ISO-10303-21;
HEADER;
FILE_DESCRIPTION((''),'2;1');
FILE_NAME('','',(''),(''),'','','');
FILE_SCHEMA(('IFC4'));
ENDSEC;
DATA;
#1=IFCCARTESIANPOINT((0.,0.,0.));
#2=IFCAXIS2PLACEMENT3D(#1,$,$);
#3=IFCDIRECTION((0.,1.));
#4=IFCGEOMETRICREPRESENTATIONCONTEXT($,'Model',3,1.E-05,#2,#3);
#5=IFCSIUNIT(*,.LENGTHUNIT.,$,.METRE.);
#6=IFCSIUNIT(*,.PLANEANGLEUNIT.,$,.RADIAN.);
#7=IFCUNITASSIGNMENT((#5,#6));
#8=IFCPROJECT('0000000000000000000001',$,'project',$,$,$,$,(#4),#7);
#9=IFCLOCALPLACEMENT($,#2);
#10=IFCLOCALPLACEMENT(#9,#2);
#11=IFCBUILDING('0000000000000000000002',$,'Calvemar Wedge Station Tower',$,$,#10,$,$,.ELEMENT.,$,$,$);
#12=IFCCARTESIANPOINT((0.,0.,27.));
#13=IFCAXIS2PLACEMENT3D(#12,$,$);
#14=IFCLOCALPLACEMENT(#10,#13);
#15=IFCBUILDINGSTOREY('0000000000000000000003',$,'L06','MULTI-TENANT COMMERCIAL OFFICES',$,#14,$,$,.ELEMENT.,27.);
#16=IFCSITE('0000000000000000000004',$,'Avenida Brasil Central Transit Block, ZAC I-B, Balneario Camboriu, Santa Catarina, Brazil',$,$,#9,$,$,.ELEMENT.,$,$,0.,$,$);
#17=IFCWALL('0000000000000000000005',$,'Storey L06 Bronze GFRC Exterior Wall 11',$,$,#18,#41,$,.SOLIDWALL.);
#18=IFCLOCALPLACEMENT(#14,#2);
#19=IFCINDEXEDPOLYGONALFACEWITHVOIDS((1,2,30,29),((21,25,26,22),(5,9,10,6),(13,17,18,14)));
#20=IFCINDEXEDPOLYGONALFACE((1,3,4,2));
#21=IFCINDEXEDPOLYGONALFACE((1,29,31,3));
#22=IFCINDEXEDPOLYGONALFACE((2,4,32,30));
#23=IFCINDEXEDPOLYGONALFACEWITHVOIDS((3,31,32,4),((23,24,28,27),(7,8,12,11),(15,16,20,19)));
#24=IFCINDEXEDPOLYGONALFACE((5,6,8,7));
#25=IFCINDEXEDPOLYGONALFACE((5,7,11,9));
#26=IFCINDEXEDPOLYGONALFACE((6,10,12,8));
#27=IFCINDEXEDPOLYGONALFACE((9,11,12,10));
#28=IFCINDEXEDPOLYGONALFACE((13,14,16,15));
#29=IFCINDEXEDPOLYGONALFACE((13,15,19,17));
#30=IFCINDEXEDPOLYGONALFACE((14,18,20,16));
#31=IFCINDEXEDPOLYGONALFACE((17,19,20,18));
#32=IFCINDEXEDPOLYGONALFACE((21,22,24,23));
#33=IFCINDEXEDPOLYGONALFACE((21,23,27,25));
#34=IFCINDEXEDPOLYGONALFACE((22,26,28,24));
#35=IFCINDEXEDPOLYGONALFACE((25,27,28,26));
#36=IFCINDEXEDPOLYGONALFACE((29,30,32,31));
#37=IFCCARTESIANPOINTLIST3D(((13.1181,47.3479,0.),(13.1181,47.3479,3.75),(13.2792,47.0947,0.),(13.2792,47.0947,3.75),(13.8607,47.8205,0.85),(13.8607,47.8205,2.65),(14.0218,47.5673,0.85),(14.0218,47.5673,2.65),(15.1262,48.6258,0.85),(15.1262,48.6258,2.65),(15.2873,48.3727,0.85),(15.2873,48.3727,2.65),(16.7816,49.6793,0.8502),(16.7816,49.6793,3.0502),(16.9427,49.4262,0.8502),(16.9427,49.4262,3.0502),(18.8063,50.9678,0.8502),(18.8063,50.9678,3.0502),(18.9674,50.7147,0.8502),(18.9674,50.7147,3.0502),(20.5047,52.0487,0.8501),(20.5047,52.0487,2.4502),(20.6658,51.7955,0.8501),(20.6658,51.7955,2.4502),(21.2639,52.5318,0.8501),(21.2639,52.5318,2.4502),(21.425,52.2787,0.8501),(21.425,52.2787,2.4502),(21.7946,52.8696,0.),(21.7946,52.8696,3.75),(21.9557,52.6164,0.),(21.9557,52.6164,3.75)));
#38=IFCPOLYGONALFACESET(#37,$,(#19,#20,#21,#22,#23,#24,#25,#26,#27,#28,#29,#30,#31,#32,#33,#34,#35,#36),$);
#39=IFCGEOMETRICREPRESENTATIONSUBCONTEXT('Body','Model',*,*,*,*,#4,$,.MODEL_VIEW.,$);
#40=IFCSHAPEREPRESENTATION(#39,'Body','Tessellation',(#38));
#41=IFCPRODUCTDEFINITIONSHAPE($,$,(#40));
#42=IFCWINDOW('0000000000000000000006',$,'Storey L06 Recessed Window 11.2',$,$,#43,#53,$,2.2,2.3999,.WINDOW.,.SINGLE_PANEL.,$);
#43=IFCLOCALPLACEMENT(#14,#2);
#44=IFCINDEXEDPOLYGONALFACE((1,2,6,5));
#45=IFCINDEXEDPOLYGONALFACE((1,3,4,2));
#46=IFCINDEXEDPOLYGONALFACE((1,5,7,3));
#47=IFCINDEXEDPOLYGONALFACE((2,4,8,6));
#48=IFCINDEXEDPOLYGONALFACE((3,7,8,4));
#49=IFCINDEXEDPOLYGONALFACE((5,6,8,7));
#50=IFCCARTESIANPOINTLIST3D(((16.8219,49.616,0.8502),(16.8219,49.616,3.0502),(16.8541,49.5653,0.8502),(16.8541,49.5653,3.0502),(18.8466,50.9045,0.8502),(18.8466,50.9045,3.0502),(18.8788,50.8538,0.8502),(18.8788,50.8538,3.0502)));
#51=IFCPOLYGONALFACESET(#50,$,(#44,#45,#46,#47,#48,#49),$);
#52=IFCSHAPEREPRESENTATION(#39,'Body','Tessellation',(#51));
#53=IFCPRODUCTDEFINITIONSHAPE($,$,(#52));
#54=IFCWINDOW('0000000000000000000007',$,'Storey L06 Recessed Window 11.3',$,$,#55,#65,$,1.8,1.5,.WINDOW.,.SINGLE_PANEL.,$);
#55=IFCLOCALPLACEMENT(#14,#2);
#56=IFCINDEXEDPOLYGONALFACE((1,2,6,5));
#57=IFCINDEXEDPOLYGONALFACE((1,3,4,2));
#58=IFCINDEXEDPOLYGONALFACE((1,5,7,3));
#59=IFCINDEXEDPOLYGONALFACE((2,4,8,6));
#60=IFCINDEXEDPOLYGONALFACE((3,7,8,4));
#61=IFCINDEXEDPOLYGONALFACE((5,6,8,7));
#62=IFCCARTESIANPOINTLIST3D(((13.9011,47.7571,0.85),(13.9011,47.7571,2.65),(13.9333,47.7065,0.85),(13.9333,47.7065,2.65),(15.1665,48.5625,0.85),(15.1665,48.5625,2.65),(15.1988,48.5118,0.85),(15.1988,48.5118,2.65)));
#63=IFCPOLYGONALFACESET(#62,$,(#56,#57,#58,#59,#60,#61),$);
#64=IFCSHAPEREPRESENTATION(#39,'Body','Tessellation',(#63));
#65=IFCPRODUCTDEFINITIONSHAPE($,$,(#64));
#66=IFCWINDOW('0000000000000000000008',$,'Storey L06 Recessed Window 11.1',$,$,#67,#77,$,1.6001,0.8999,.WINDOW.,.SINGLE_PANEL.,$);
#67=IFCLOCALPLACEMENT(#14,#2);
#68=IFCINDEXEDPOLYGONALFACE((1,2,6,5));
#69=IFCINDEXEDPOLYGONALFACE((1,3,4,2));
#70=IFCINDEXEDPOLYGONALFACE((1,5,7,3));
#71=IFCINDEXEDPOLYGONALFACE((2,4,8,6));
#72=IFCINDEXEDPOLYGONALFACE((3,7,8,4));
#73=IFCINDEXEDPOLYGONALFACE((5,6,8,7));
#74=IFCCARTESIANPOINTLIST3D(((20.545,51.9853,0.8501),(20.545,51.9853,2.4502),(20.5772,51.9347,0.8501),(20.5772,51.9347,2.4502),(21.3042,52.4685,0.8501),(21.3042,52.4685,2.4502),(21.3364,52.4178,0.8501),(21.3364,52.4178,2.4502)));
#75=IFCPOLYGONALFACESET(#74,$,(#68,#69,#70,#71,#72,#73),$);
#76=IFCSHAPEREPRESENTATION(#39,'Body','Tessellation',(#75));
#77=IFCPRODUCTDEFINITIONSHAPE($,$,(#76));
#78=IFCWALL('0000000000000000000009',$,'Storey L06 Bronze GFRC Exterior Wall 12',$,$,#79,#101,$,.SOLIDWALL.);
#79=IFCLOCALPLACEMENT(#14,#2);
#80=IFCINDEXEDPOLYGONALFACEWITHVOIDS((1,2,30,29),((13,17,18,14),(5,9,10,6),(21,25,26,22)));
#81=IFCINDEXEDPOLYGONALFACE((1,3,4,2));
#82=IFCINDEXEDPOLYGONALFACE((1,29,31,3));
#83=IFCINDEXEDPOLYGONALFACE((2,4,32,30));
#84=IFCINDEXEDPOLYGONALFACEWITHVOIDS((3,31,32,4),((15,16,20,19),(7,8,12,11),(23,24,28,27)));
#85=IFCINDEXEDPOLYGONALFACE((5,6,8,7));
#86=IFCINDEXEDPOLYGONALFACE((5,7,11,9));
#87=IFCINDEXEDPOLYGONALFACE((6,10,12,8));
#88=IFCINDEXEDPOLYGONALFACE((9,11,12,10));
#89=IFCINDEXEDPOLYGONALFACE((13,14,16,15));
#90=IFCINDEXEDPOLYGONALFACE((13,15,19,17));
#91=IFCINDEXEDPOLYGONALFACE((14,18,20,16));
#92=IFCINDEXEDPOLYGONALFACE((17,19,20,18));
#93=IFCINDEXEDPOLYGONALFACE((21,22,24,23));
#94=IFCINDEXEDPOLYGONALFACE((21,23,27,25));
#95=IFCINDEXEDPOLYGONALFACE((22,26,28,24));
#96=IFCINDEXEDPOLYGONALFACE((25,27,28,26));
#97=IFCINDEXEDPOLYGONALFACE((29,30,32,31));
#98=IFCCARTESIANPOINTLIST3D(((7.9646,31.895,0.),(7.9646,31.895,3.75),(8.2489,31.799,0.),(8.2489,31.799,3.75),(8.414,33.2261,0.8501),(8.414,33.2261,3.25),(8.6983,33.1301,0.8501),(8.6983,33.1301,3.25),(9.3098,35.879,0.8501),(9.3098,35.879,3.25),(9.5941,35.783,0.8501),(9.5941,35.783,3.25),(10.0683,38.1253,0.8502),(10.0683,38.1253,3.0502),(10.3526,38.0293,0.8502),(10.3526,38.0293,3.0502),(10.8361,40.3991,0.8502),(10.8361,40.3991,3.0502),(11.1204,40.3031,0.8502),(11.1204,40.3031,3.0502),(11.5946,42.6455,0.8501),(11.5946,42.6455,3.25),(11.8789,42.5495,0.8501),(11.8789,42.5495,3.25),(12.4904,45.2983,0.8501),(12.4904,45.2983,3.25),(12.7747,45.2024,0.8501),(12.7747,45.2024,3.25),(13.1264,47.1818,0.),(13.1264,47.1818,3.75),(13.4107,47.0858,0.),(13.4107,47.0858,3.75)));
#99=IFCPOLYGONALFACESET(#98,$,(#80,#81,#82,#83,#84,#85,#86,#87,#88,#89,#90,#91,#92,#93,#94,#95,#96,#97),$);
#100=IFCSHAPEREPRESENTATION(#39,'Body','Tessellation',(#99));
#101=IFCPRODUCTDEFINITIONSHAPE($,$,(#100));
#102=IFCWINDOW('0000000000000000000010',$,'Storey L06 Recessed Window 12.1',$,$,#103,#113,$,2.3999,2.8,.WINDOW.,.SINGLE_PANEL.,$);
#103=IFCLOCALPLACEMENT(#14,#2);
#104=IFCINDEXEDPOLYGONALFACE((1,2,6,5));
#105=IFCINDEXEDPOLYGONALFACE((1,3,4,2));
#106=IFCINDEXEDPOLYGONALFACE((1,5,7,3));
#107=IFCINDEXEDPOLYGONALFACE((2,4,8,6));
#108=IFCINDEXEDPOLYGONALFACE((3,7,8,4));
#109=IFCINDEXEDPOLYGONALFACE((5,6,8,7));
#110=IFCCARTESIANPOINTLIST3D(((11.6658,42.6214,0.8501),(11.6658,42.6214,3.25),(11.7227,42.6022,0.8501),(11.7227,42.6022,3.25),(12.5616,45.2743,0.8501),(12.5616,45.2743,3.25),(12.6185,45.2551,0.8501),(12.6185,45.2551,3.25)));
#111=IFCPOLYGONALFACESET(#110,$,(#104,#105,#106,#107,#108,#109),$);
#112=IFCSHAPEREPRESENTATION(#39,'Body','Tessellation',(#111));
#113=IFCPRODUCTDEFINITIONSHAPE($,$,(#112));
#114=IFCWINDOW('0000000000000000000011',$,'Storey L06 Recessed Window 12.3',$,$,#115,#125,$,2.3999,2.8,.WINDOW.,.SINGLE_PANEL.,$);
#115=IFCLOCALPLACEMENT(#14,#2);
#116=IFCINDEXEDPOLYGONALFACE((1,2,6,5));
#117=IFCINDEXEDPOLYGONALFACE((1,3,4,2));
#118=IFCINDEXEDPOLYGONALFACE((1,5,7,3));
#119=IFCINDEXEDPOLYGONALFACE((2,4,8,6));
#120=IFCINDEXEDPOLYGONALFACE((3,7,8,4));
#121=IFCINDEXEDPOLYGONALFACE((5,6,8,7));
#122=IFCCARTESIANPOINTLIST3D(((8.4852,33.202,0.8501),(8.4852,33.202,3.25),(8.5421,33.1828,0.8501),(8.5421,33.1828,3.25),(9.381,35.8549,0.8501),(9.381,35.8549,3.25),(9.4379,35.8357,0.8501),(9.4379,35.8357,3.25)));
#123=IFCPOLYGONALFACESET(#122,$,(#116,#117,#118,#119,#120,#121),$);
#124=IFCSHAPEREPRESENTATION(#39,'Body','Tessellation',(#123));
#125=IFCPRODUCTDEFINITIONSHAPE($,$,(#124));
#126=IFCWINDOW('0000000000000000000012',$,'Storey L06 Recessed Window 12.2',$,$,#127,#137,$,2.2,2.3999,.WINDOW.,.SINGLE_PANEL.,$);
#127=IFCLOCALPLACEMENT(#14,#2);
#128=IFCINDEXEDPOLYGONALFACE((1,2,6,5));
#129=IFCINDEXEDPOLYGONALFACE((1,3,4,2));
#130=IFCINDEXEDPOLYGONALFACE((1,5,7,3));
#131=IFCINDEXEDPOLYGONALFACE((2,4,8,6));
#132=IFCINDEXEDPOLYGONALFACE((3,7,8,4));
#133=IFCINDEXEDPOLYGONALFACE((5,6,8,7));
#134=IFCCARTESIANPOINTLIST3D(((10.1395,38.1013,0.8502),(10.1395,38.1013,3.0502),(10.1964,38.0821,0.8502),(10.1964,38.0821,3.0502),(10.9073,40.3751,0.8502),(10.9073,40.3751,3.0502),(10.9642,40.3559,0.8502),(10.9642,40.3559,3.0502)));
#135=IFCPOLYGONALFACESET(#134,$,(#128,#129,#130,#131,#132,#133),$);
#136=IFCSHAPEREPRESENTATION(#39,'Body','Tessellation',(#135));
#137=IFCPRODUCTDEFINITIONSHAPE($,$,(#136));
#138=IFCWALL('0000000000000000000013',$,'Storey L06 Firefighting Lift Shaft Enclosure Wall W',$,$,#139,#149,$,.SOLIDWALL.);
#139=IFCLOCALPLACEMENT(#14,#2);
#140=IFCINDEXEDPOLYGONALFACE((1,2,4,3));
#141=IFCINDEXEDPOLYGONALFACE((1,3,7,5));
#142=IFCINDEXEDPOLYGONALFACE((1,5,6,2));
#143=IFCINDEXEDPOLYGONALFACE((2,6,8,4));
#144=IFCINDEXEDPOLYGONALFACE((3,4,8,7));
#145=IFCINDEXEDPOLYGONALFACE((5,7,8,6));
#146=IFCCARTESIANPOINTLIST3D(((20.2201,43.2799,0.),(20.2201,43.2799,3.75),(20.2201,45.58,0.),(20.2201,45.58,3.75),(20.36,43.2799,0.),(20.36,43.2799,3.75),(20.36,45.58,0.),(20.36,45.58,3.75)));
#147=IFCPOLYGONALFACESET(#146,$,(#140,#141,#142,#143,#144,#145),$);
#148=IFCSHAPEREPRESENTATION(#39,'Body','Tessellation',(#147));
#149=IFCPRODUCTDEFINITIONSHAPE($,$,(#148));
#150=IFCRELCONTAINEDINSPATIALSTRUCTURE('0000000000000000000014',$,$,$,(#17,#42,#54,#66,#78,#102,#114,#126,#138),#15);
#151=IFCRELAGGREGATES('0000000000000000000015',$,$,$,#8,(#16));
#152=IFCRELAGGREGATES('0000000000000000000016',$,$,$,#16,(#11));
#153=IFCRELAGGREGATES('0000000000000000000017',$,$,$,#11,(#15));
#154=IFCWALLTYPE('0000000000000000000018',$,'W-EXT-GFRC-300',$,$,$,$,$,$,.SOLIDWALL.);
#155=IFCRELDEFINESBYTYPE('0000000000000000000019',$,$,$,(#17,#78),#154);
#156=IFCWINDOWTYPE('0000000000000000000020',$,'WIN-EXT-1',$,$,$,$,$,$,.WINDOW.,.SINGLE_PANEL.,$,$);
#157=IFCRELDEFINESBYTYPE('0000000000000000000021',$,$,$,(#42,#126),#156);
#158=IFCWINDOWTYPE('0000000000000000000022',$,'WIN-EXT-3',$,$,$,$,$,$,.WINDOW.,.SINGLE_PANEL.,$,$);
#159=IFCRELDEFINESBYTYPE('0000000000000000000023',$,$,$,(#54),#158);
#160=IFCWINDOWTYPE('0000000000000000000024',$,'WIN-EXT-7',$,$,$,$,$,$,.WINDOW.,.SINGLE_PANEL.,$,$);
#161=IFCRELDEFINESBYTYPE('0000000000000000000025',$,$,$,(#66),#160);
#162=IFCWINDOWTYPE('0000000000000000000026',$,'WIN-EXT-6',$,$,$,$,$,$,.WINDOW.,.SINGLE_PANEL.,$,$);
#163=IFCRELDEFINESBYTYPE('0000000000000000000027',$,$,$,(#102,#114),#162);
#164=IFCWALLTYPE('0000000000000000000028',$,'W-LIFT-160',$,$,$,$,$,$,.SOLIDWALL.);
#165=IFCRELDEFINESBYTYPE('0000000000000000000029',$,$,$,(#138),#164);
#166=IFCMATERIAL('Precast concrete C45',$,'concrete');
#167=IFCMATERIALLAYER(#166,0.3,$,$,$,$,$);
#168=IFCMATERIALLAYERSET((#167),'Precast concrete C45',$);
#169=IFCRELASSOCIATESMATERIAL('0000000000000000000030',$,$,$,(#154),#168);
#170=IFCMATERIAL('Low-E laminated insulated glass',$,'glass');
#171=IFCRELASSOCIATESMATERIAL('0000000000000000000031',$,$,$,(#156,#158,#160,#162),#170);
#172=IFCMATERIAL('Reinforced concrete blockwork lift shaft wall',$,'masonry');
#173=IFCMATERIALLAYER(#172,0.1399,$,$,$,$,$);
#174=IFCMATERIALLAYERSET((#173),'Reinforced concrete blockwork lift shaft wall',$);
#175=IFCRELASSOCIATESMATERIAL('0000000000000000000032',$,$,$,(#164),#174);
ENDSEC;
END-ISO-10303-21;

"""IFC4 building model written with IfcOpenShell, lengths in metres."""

from ifc_helpers import new_model, si_unit, direction, frame, frame_2d, origin, place, context, subcontext, project, spatial, rectangle, extrude, source, transform, mapped, material, layer, layer_set, type_object, element, fill, save


model = new_model("IFC4")

# Units and contexts
model_context = context("Model", 3, precision=1e-05, world=origin(), true_north=direction((0.0, 1.0)))
body_context = subcontext(model_context, "Body", "Model", "MODEL_VIEW")
ifc_project = project(units=[si_unit("LENGTHUNIT", "METRE"), si_unit("PLANEANGLEUNIT", "RADIAN")], contexts=[model_context])

# Site, building, storey
site_placement = place(None, origin())
site = spatial("IfcSite", under=ifc_project, at=site_placement, Name="Avenida Brasil Central Transit Block, ZAC I-B, Balneario Camboriu, Santa Catarina, Brazil", CompositionType="ELEMENT", RefElevation=0.0)
building_placement = place(site_placement, origin())
building = spatial("IfcBuilding", under=site, at=building_placement, Name="Calvemar Wedge Station Tower", CompositionType="ELEMENT")
storey_placement = place(building_placement, frame((0.0, 0.0, 27.0)))
storey = spatial("IfcBuildingStorey", under=building, at=storey_placement, Name="L06", Description="MULTI-TENANT COMMERCIAL OFFICES", CompositionType="ELEMENT", Elevation=27.0)

# Walls, openings, windows
ifc_material_1 = material(Name="Precast concrete C45", Category="concrete")
ifc_layer_1 = layer(ifc_material_1, 0.3)
ifc_layer_set_1 = layer_set([ifc_layer_1], Name="Precast concrete C45")
wall_type_1 = type_object("IfcWallType", Name="W-EXT-GFRC-300", PredefinedType="SOLIDWALL", material=ifc_layer_set_1)
wall_1_placement = place(storey_placement, frame((21.875, 52.7429, 0.0), z_axis=(0.0, 0.0, 1.0), x_axis=(-0.843648, -0.536897, 0.0)))
wall_1 = element("IfcWall", 1, at=wall_1_placement, inside=storey, type_object=wall_type_1, Name="Storey L06 Bronze GFRC Exterior Wall 11", PredefinedType="SOLIDWALL", context=body_context, shape_type="SweptSolid", body=[
    extrude(rectangle(XDim=10.2844, YDim=0.3, at=frame_2d((5.1421, 0.0))), origin(), (0.0, 0.0, 1.0), 3.75),
])
shared_shape_1 = source(origin(), body_context, "Body", "SweptSolid", [
    extrude(rectangle(XDim=0.8999, YDim=1.6001, at=frame_2d((0.45, 0.8))), frame((0.0, 0.1602, 0.0), z_axis=(0.0, -1.0, 0.0), x_axis=(1.0, 0.0, 0.0)), (0.0, 0.0, 1.0), 0.3201),
])
opening_1_placement = place(wall_1_placement, frame((0.6289, 0.0, 0.8501)))
opening_1 = element("IfcOpeningElement", 2, at=opening_1_placement, cuts=wall_1, PredefinedType="OPENING", context=body_context, shape_type="MappedRepresentation", body=[
    mapped(shared_shape_1, transform((0.0, 0.0, 0.0), scale=1.0)),
])
shared_shape_2 = source(origin(), body_context, "Body", "SweptSolid", [
    extrude(rectangle(XDim=2.3999, YDim=2.2, at=frame_2d((1.2, 1.1001))), frame((0.0, 0.1602, 0.0), z_axis=(0.0, -1.0, 0.0), x_axis=(1.0, 0.0, 0.0)), (0.0, 0.0, 1.0), 0.3201),
])
opening_2_placement = place(wall_1_placement, frame((3.542, 0.0, 0.8501)))
opening_2 = element("IfcOpeningElement", 3, at=opening_2_placement, cuts=wall_1, PredefinedType="OPENING", context=body_context, shape_type="MappedRepresentation", body=[
    mapped(shared_shape_2, transform((0.0, 0.0, 0.0), scale=1.0)),
])
shared_shape_3 = source(origin(), body_context, "Body", "SweptSolid", [
    extrude(rectangle(XDim=1.5, YDim=1.8, at=frame_2d((0.75, 0.8999))), frame((0.0, 0.1602, 0.0), z_axis=(0.0, -1.0, 0.0), x_axis=(1.0, 0.0, 0.0)), (0.0, 0.0, 1.0), 0.3201),
])
opening_3_placement = place(wall_1_placement, frame((7.9041, 0.0, 0.8501)))
opening_3 = element("IfcOpeningElement", 4, at=opening_3_placement, cuts=wall_1, PredefinedType="OPENING", context=body_context, shape_type="MappedRepresentation", body=[
    mapped(shared_shape_3, transform((0.0, 0.0, 0.0), scale=1.0)),
])
ifc_material_2 = material(Name="Low-E laminated insulated glass", Category="glass")
window_type_1 = type_object("IfcWindowType", Name="WIN-EXT-1", PartitioningType="SINGLE_PANEL", PredefinedType="WINDOW", material=ifc_material_2)
shared_shape_4 = source(origin(), body_context, "Body", "SweptSolid", [
    extrude(rectangle(XDim=2.3999, YDim=2.2, at=frame_2d((1.2, 1.1001))), frame((0.0, -0.0149, 0.0), z_axis=(0.0, -1.0, 0.0), x_axis=(1.0, 0.0, 0.0)), (0.0, 0.0, 1.0), 0.0601),
])
window_1_placement = place(opening_2_placement, origin())
window_1 = element("IfcWindow", 5, at=window_1_placement, inside=storey, type_object=window_type_1, Name="Storey L06 Recessed Window 11.2", OverallHeight=2.2, OverallWidth=2.3999, PartitioningType="SINGLE_PANEL", PredefinedType="WINDOW", context=body_context, shape_type="MappedRepresentation", body=[
    mapped(shared_shape_4, transform((0.0, 0.0, 0.0), scale=1.0)),
])
fill(opening_2, window_1)
window_type_2 = type_object("IfcWindowType", Name="WIN-EXT-3", PartitioningType="SINGLE_PANEL", PredefinedType="WINDOW", material=ifc_material_2)
shared_shape_5 = source(origin(), body_context, "Body", "SweptSolid", [
    extrude(rectangle(XDim=1.5, YDim=1.8, at=frame_2d((0.75, 0.8999))), frame((0.0, -0.0149, 0.0), z_axis=(0.0, -1.0, 0.0), x_axis=(1.0, 0.0, 0.0)), (0.0, 0.0, 1.0), 0.0601),
])
window_2_placement = place(opening_3_placement, origin())
window_2 = element("IfcWindow", 6, at=window_2_placement, inside=storey, type_object=window_type_2, Name="Storey L06 Recessed Window 11.3", OverallHeight=1.8, OverallWidth=1.5, PartitioningType="SINGLE_PANEL", PredefinedType="WINDOW", context=body_context, shape_type="MappedRepresentation", body=[
    mapped(shared_shape_5, transform((0.0, 0.0, 0.0), scale=1.0)),
])
fill(opening_3, window_2)
window_type_3 = type_object("IfcWindowType", Name="WIN-EXT-7", PartitioningType="SINGLE_PANEL", PredefinedType="WINDOW", material=ifc_material_2)
shared_shape_6 = source(origin(), body_context, "Body", "SweptSolid", [
    extrude(rectangle(XDim=0.8999, YDim=1.6001, at=frame_2d((0.45, 0.8))), frame((0.0, -0.0149, 0.0), z_axis=(0.0, -1.0, 0.0), x_axis=(1.0, 0.0, 0.0)), (0.0, 0.0, 1.0), 0.0601),
])
window_3_placement = place(opening_1_placement, origin())
window_3 = element("IfcWindow", 7, at=window_3_placement, inside=storey, type_object=window_type_3, Name="Storey L06 Recessed Window 11.1", OverallHeight=1.6001, OverallWidth=0.8999, PartitioningType="SINGLE_PANEL", PredefinedType="WINDOW", context=body_context, shape_type="MappedRepresentation", body=[
    mapped(shared_shape_6, transform((0.0, 0.0, 0.0), scale=1.0)),
])
fill(opening_1, window_3)
wall_2_placement = place(storey_placement, frame((13.2686, 47.1338, 0.0), z_axis=(0.0, 0.0, 1.0), x_axis=(-0.31992, -0.947444, 0.0)))
wall_2 = element("IfcWall", 8, at=wall_2_placement, inside=storey, type_object=wall_type_1, Name="Storey L06 Bronze GFRC Exterior Wall 12", PredefinedType="SOLIDWALL", context=body_context, shape_type="SweptSolid", body=[
    extrude(rectangle(XDim=16.1348, YDim=0.3, at=frame_2d((8.0674, 0.0))), origin(), (0.0, 0.0, 1.0), 3.75),
])
shared_shape_7 = source(origin(), body_context, "Body", "SweptSolid", [
    extrude(rectangle(XDim=2.8, YDim=2.3999, at=frame_2d((1.3999, 1.2))), frame((0.0, 0.1602, 0.0), z_axis=(0.0, -1.0, 0.0), x_axis=(1.0, 0.0, 0.0)), (0.0, 0.0, 1.0), 0.3201),
])
opening_4_placement = place(wall_2_placement, frame((1.988, 0.0, 0.8501)))
opening_4 = element("IfcOpeningElement", 9, at=opening_4_placement, cuts=wall_2, PredefinedType="OPENING", context=body_context, shape_type="MappedRepresentation", body=[
    mapped(shared_shape_7, transform((0.0, 0.0, 0.0), scale=1.0)),
])
opening_5_placement = place(wall_2_placement, frame((7.1589, 0.0, 0.8501)))
opening_5 = element("IfcOpeningElement", 10, at=opening_5_placement, cuts=wall_2, PredefinedType="OPENING", context=body_context, shape_type="MappedRepresentation", body=[
    mapped(shared_shape_2, transform((0.0, 0.0, 0.0), scale=1.0)),
])
opening_6_placement = place(wall_2_placement, frame((11.9299, 0.0, 0.8501)))
opening_6 = element("IfcOpeningElement", 11, at=opening_6_placement, cuts=wall_2, PredefinedType="OPENING", context=body_context, shape_type="MappedRepresentation", body=[
    mapped(shared_shape_7, transform((0.0, 0.0, 0.0), scale=1.0)),
])
window_type_4 = type_object("IfcWindowType", Name="WIN-EXT-6", PartitioningType="SINGLE_PANEL", PredefinedType="WINDOW", material=ifc_material_2)
shared_shape_8 = source(origin(), body_context, "Body", "SweptSolid", [
    extrude(rectangle(XDim=2.8, YDim=2.3999, at=frame_2d((1.3999, 1.2))), frame((0.0, -0.0149, 0.0), z_axis=(0.0, -1.0, 0.0), x_axis=(1.0, 0.0, 0.0)), (0.0, 0.0, 1.0), 0.0601),
])
window_4_placement = place(opening_4_placement, origin())
window_4 = element("IfcWindow", 12, at=window_4_placement, inside=storey, type_object=window_type_4, Name="Storey L06 Recessed Window 12.1", OverallHeight=2.3999, OverallWidth=2.8, PartitioningType="SINGLE_PANEL", PredefinedType="WINDOW", context=body_context, shape_type="MappedRepresentation", body=[
    mapped(shared_shape_8, transform((0.0, 0.0, 0.0), scale=1.0)),
])
fill(opening_4, window_4)
window_5_placement = place(opening_6_placement, origin())
window_5 = element("IfcWindow", 13, at=window_5_placement, inside=storey, type_object=window_type_4, Name="Storey L06 Recessed Window 12.3", OverallHeight=2.3999, OverallWidth=2.8, PartitioningType="SINGLE_PANEL", PredefinedType="WINDOW", context=body_context, shape_type="MappedRepresentation", body=[
    mapped(shared_shape_8, transform((0.0, 0.0, 0.0), scale=1.0)),
])
fill(opening_6, window_5)
window_6_placement = place(opening_5_placement, origin())
window_6 = element("IfcWindow", 14, at=window_6_placement, inside=storey, type_object=window_type_1, Name="Storey L06 Recessed Window 12.2", OverallHeight=2.2, OverallWidth=2.3999, PartitioningType="SINGLE_PANEL", PredefinedType="WINDOW", context=body_context, shape_type="MappedRepresentation", body=[
    mapped(shared_shape_4, transform((0.0, 0.0, 0.0), scale=1.0)),
])
fill(opening_5, window_6)

# Shared definitions
ifc_material_3 = material(Name="Reinforced concrete blockwork lift shaft wall", Category="masonry")
ifc_layer_2 = layer(ifc_material_3, 0.1399)
ifc_layer_set_2 = layer_set([ifc_layer_2], Name="Reinforced concrete blockwork lift shaft wall")
wall_type_2 = type_object("IfcWallType", Name="W-LIFT-160", PredefinedType="SOLIDWALL", material=ifc_layer_set_2)

# Wall
wall_3_placement = place(storey_placement, frame((20.29, 43.28, 0.0), z_axis=(0.0, 0.0, 1.0), x_axis=(0.0, 1.0, 0.0)))
element("IfcWall", 15, at=wall_3_placement, inside=storey, type_object=wall_type_2, Name="Storey L06 Firefighting Lift Shaft Enclosure Wall W", PredefinedType="SOLIDWALL", context=body_context, shape_type="SweptSolid", body=[
    extrude(rectangle(XDim=2.3, YDim=0.1399, at=frame_2d((1.1499, 0.0))), origin(), (0.0, 0.0, 1.0), 3.75),
])

save(model, "model.ifc")
